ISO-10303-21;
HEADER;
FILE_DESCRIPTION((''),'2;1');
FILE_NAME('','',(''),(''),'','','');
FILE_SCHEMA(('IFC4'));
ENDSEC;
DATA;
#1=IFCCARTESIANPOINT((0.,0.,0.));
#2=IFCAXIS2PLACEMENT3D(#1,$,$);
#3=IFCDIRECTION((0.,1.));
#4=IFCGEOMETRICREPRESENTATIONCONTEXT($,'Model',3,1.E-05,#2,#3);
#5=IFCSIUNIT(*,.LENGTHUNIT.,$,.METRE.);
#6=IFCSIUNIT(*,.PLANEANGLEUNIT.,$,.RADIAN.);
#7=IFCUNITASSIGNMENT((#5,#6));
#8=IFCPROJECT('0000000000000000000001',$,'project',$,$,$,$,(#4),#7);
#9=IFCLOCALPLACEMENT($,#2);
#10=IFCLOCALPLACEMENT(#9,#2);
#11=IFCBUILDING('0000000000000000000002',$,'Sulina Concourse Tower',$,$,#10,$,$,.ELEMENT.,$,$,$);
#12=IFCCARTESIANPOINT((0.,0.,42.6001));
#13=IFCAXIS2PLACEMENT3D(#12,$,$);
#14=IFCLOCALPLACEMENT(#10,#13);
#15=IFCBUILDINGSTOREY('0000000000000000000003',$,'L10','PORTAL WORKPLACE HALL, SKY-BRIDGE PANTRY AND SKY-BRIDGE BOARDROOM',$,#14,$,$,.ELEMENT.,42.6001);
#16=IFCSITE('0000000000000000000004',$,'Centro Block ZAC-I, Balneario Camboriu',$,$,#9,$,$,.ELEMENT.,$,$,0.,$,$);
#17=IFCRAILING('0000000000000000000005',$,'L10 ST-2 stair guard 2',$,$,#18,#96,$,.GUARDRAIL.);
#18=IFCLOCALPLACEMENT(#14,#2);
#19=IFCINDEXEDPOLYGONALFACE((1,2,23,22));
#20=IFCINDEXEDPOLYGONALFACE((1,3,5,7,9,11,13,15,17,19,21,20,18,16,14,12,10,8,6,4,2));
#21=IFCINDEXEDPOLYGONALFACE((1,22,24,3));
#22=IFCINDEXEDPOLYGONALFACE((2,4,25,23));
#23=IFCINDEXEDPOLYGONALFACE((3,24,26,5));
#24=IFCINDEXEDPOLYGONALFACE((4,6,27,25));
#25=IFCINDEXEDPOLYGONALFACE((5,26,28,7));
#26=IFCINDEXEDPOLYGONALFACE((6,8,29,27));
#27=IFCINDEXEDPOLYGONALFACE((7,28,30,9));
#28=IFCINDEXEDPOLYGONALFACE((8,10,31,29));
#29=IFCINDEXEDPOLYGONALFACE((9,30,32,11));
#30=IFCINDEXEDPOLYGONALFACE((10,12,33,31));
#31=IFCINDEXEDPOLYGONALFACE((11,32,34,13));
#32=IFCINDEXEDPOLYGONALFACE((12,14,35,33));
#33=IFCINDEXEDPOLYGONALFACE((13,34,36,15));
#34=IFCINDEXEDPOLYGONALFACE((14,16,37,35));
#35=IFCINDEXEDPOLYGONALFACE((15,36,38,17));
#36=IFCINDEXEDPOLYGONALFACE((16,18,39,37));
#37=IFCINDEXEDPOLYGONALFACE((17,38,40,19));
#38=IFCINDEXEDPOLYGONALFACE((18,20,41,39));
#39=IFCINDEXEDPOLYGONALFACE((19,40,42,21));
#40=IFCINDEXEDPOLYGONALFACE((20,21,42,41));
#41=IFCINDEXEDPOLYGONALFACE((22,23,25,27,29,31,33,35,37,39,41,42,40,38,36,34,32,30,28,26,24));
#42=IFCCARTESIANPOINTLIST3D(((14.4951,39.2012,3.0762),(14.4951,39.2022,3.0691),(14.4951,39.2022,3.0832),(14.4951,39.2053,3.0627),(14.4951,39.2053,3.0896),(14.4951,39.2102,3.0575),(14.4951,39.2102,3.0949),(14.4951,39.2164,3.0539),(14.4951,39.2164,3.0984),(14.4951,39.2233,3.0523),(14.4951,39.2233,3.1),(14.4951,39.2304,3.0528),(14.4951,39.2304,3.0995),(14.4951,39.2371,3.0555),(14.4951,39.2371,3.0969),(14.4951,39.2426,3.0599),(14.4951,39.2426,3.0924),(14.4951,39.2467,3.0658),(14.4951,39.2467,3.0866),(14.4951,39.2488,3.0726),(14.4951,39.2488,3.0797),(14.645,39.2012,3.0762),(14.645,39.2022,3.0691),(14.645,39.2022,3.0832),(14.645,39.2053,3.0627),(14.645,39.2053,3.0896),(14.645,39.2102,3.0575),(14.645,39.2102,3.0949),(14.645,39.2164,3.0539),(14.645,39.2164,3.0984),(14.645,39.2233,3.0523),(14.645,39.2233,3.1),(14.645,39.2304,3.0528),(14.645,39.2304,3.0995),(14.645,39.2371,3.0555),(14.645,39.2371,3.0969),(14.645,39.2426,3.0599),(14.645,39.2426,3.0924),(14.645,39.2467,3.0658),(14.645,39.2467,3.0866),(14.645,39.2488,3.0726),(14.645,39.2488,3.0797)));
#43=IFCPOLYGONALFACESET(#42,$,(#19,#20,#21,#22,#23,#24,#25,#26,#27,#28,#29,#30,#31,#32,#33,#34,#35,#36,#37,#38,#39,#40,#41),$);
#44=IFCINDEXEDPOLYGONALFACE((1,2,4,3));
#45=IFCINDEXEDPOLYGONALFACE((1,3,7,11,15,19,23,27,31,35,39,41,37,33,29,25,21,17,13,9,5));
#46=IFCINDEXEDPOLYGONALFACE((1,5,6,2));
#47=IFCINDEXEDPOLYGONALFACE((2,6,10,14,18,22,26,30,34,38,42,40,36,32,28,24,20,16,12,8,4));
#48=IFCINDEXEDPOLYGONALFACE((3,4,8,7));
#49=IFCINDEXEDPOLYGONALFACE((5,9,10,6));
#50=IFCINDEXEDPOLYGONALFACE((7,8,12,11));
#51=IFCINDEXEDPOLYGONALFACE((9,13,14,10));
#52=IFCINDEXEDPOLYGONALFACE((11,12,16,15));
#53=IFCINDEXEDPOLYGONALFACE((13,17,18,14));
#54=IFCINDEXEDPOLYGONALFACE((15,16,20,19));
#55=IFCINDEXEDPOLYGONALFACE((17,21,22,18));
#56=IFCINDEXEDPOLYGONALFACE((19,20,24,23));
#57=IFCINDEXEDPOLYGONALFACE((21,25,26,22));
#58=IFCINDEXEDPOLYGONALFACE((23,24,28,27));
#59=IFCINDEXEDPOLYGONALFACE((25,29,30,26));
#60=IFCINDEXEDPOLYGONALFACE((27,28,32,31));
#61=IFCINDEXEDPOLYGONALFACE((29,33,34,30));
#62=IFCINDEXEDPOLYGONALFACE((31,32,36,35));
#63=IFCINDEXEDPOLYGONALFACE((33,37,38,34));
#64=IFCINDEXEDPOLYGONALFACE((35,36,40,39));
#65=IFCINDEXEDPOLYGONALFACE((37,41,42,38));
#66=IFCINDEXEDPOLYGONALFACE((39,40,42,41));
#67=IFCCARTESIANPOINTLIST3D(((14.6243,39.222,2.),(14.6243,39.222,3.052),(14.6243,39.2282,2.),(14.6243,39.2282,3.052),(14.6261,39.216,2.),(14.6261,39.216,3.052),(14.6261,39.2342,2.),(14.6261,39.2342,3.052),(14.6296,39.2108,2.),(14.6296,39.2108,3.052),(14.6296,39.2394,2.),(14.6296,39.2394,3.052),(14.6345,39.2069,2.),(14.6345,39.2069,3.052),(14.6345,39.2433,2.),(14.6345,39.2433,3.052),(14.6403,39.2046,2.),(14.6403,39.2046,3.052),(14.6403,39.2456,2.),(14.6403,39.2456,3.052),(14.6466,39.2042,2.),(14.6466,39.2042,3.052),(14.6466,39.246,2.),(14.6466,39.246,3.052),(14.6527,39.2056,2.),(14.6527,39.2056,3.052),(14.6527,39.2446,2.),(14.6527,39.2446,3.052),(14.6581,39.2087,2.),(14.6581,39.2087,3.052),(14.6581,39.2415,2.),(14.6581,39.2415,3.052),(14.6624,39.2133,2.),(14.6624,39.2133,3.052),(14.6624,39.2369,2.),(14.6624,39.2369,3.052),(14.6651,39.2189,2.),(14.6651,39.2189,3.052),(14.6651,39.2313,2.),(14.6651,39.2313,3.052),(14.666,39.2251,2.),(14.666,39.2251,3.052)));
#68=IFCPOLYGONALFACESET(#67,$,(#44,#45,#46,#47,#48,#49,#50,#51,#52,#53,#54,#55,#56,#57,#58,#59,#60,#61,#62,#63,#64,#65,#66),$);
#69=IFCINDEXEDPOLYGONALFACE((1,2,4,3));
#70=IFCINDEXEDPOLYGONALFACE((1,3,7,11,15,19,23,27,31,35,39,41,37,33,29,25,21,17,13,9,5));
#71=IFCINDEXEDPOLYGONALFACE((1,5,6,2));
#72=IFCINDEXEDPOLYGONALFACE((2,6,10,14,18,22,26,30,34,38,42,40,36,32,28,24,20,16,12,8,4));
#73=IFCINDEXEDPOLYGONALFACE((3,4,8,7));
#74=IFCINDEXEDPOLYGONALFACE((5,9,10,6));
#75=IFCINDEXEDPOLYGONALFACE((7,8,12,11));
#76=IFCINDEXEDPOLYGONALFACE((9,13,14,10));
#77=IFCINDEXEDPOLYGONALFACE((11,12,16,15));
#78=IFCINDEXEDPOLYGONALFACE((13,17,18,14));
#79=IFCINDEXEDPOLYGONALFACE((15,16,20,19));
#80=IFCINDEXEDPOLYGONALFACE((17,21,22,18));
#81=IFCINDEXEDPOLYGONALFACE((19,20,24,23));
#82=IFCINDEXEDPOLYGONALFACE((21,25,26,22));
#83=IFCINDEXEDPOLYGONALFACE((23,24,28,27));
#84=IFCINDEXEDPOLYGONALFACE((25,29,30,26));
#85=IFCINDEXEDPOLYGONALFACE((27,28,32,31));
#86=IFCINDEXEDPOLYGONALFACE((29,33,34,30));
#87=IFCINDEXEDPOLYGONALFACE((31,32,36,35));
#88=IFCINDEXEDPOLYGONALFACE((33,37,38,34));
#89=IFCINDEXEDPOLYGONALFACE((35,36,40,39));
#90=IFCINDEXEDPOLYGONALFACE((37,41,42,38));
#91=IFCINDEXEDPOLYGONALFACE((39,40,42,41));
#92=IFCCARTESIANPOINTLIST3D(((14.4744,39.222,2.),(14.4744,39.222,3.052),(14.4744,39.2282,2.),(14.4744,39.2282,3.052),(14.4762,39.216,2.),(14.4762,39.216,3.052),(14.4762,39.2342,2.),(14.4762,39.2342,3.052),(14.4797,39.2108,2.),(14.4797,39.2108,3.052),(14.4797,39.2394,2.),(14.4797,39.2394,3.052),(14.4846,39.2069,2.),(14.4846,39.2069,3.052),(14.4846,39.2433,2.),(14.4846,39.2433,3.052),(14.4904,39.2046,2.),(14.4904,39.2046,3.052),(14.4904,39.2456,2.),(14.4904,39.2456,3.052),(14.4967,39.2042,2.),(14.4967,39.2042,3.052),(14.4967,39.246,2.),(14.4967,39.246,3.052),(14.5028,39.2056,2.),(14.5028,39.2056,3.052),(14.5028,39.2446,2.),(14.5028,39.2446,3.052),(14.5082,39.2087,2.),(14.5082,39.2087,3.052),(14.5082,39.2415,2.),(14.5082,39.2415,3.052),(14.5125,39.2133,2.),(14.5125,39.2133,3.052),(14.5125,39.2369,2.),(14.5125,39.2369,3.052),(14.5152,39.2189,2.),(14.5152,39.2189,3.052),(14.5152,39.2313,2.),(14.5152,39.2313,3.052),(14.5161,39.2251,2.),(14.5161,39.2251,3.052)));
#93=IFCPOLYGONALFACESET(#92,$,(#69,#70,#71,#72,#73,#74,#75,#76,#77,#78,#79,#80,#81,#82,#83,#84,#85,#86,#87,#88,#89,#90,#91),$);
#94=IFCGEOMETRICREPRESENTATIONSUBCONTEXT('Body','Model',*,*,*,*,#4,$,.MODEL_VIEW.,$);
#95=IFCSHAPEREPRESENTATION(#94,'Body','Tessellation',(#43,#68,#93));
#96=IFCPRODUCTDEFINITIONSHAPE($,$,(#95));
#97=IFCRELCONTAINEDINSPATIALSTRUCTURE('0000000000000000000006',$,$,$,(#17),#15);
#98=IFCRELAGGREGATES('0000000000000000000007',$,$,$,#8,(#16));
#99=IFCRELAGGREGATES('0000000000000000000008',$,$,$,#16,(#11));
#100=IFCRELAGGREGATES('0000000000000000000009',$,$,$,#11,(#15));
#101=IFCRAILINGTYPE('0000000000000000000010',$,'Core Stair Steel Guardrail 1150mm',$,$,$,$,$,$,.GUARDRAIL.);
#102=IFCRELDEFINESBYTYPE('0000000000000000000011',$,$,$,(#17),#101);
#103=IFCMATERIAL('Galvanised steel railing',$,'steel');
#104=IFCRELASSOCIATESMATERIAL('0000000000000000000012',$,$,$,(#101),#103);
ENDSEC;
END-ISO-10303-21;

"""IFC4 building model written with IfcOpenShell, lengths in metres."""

from ifc_helpers import new_model, si_unit, direction, frame, origin, origin_2d, place, context, subcontext, project, spatial, circle, extrude, material, type_object, element, save


model = new_model("IFC4")

# Units and contexts
model_context = context("Model", 3, precision=1e-05, world=origin(), true_north=direction((0.0, 1.0)))
body_context = subcontext(model_context, "Body", "Model", "MODEL_VIEW")
ifc_project = project(units=[si_unit("LENGTHUNIT", "METRE"), si_unit("PLANEANGLEUNIT", "RADIAN")], contexts=[model_context])

# Site, building, storey
site_placement = place(None, origin())
site = spatial("IfcSite", under=ifc_project, at=site_placement, Name="Centro Block ZAC-I, Balneario Camboriu", CompositionType="ELEMENT", RefElevation=0.0)
building_placement = place(site_placement, origin())
building = spatial("IfcBuilding", under=site, at=building_placement, Name="Sulina Concourse Tower", CompositionType="ELEMENT")
storey_placement = place(building_placement, frame((0.0, 0.0, 42.6001)))
storey = spatial("IfcBuildingStorey", under=building, at=storey_placement, Name="L10", Description="PORTAL WORKPLACE HALL, SKY-BRIDGE PANTRY AND SKY-BRIDGE BOARDROOM", CompositionType="ELEMENT", Elevation=42.6001)

# Railing
ifc_material_1 = material(Name="Galvanised steel railing", Category="steel")
railing_type_1 = type_object("IfcRailingType", Name="Core Stair Steel Guardrail 1150mm", PredefinedType="GUARDRAIL", material=ifc_material_1)
railing_1_placement = place(storey_placement, frame((14.645, 39.2251, 2.0)))
element("IfcRailing", 1, at=railing_1_placement, inside=storey, type_object=railing_type_1, Name="L10 ST-2 stair guard 2", PredefinedType="GUARDRAIL", context=body_context, shape_type="SweptSolid", body=[
    extrude(circle(Radius=0.0239, at=origin_2d()), frame((0.0, 0.0, 1.0762), z_axis=(-1.0, 0.0, 0.0), x_axis=(0.0, -1.0, 0.0)), (0.0, 0.0, 1.0), 0.1499),
    extrude(circle(Radius=0.021, at=origin_2d()), origin(), (0.0, 0.0, 1.0), 1.052),
    extrude(circle(Radius=0.021, at=origin_2d()), frame((-0.1499, 0.0, 0.0)), (0.0, 0.0, 1.0), 1.052),
])

save(model, "model.ifc")
